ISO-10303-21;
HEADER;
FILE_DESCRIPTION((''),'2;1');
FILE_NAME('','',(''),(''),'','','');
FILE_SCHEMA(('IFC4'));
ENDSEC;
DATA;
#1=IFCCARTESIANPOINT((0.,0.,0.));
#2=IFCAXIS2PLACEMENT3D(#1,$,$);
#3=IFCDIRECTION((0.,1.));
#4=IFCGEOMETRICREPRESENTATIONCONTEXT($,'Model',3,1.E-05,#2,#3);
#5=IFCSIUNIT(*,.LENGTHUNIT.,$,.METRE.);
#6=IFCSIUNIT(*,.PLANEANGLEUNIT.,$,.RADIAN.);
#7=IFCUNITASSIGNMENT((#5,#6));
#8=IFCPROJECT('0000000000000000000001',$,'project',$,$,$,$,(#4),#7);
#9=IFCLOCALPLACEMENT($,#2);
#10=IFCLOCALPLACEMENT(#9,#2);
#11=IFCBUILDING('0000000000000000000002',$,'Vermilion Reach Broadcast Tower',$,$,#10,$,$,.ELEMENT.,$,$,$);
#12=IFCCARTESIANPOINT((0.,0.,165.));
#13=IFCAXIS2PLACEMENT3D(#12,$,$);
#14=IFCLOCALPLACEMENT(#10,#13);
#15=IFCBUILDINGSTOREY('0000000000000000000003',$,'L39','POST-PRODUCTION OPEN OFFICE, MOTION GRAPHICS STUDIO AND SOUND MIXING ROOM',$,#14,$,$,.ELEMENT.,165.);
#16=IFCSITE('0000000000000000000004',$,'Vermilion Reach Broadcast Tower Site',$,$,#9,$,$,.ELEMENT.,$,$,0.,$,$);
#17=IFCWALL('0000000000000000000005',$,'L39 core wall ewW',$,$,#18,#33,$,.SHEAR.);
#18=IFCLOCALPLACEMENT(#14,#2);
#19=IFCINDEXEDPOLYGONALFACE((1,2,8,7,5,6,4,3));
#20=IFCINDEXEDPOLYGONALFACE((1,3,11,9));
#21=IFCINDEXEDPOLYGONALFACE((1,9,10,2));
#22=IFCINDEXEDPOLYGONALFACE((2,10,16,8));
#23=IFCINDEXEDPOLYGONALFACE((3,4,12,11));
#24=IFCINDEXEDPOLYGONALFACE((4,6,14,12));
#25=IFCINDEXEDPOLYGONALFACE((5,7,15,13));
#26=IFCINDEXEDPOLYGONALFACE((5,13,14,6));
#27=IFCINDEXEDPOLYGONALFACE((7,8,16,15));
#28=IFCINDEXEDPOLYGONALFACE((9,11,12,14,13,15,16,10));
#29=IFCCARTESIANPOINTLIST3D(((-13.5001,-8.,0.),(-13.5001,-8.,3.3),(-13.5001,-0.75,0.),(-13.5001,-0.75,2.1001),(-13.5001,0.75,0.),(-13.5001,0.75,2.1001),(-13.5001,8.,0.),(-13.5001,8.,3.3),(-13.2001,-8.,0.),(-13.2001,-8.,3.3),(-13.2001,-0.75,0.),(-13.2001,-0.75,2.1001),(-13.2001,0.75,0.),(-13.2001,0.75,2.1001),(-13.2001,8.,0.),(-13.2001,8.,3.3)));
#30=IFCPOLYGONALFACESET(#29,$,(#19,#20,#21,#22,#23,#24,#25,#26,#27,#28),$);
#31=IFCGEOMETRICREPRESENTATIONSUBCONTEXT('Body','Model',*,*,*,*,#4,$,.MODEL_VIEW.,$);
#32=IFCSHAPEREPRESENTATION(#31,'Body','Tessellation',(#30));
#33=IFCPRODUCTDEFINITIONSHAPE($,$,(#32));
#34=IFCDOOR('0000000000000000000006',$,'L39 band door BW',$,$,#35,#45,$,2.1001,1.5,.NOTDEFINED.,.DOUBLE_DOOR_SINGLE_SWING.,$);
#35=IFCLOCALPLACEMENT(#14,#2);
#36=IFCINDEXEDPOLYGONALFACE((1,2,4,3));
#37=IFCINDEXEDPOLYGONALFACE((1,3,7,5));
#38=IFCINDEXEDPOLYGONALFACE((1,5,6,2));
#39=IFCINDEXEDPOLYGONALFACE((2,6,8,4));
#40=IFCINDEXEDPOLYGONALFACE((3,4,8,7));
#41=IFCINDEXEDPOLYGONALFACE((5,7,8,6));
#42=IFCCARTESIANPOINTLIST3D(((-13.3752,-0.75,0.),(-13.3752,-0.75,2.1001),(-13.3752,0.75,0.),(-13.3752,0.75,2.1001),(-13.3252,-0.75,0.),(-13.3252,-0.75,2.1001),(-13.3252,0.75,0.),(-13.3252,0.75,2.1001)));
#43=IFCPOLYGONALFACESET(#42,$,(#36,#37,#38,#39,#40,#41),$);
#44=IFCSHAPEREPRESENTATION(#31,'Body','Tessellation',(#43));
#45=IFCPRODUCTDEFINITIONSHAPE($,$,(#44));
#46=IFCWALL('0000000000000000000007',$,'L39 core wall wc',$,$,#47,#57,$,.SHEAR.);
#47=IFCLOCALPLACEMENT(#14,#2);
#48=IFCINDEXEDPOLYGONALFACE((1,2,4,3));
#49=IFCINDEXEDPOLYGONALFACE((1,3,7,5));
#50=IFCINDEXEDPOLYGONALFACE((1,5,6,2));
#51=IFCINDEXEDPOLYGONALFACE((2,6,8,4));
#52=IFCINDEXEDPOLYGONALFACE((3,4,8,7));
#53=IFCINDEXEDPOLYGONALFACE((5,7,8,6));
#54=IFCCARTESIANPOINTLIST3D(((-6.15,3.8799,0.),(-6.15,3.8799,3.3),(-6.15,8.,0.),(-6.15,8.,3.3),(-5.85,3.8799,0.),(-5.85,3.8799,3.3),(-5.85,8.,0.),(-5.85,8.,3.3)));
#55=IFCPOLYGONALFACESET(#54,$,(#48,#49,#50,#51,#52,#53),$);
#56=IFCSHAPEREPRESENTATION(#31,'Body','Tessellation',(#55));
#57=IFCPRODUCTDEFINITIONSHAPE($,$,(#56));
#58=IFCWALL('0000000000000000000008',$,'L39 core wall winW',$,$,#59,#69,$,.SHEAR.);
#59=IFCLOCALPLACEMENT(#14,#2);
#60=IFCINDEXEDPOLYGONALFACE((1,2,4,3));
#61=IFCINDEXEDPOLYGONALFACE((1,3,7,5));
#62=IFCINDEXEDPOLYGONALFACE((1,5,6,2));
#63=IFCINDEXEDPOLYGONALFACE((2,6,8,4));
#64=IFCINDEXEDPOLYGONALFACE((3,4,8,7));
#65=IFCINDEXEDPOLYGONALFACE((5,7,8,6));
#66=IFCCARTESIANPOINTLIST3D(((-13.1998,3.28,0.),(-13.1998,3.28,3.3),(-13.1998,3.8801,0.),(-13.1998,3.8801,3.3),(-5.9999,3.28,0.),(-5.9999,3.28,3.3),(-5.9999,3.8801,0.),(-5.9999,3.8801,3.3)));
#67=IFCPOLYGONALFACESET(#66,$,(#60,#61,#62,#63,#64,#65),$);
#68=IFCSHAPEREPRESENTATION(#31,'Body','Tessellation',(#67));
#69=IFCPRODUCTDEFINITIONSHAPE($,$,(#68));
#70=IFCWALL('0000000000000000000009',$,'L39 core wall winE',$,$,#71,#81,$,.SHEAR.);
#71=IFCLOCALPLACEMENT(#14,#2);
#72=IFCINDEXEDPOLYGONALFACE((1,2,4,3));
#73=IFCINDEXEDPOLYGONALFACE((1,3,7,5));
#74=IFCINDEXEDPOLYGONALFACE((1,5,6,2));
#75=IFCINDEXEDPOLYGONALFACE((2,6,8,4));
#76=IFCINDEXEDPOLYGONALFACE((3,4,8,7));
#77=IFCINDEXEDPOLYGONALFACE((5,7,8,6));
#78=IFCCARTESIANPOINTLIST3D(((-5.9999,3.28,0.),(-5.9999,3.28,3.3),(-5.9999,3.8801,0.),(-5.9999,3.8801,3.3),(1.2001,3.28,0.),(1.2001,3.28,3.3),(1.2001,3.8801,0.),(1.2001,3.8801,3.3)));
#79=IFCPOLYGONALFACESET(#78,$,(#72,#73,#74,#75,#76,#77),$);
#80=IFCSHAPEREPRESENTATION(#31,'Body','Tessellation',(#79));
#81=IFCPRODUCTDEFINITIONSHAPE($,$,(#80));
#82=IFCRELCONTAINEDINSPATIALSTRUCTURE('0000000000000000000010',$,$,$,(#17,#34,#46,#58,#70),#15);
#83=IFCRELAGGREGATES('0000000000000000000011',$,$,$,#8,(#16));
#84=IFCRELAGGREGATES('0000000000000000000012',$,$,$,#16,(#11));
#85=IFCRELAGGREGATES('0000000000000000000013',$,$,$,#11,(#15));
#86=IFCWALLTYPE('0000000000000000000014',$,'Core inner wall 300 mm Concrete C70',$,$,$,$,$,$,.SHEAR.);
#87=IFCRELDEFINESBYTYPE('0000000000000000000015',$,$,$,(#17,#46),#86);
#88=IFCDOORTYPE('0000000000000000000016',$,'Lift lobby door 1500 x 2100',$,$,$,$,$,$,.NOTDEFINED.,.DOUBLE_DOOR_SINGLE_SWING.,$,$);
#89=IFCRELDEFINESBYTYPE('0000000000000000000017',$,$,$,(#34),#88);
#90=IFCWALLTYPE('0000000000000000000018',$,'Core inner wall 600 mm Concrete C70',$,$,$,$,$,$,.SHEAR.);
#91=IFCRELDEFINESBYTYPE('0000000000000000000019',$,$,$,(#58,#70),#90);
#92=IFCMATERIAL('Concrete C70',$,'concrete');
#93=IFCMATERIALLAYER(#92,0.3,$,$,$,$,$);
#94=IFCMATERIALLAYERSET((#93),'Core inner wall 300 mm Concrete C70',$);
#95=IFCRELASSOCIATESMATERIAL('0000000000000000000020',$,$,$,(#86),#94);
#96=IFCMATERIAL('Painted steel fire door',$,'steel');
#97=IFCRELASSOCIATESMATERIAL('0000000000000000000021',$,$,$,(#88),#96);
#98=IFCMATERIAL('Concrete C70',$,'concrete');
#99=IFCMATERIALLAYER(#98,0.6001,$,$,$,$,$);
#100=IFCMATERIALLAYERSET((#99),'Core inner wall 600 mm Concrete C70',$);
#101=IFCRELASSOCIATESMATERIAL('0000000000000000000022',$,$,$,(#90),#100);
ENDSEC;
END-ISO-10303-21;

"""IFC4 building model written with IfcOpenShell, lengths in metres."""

from ifc_helpers import new_model, si_unit, direction, frame, frame_2d, origin, place, context, subcontext, project, spatial, rectangle, extrude, material, layer, layer_set, type_object, element, fill, save


model = new_model("IFC4")

# Units and contexts
model_context = context("Model", 3, precision=1e-05, world=origin(), true_north=direction((0.0, 1.0)))
body_context = subcontext(model_context, "Body", "Model", "MODEL_VIEW")
ifc_project = project(units=[si_unit("LENGTHUNIT", "METRE"), si_unit("PLANEANGLEUNIT", "RADIAN")], contexts=[model_context])

# Site, building, storey
site_placement = place(None, origin())
site = spatial("IfcSite", under=ifc_project, at=site_placement, Name="Vermilion Reach Broadcast Tower Site", CompositionType="ELEMENT", RefElevation=0.0)
building_placement = place(site_placement, origin())
building = spatial("IfcBuilding", under=site, at=building_placement, Name="Vermilion Reach Broadcast Tower", CompositionType="ELEMENT")
storey_placement = place(building_placement, frame((0.0, 0.0, 165.0)))
storey = spatial("IfcBuildingStorey", under=building, at=storey_placement, Name="L39", Description="POST-PRODUCTION OPEN OFFICE, MOTION GRAPHICS STUDIO AND SOUND MIXING ROOM", CompositionType="ELEMENT", Elevation=165.0)

# Wall, opening, door
ifc_material_1 = material(Name="Concrete C70", Category="concrete")
ifc_layer_1 = layer(ifc_material_1, 0.3)
ifc_layer_set_1 = layer_set([ifc_layer_1], Name="Core inner wall 300 mm Concrete C70")
wall_type_1 = type_object("IfcWallType", Name="Core inner wall 300 mm Concrete C70", PredefinedType="SHEAR", material=ifc_layer_set_1)
wall_1_placement = place(storey_placement, frame((-13.3501, 8.0, 0.0), z_axis=(0.0, 0.0, 1.0), x_axis=(0.0, -1.0, 0.0)))
wall_1 = element("IfcWall", 1, at=wall_1_placement, inside=storey, type_object=wall_type_1, Name="L39 core wall ewW", PredefinedType="SHEAR", context=body_context, shape_type="SweptSolid", body=[
    extrude(rectangle(XDim=16.0, YDim=0.3, at=frame_2d((8.0, 0.0))), origin(), (0.0, 0.0, 1.0), 3.3),
])
opening_1_placement = place(wall_1_placement, frame((7.25, 0.0, 0.0)))
opening_1 = element("IfcOpeningElement", 2, at=opening_1_placement, cuts=wall_1, PredefinedType="OPENING", context=body_context, shape_type="SweptSolid", body=[
    extrude(rectangle(XDim=1.5, YDim=2.1001, at=frame_2d((0.75, 1.05))), frame((0.0, 0.1599, 0.0), z_axis=(0.0, -1.0, 0.0), x_axis=(1.0, 0.0, 0.0)), (0.0, 0.0, 1.0), 0.3201),
])
ifc_material_2 = material(Name="Painted steel fire door", Category="steel")
door_type_1 = type_object("IfcDoorType", Name="Lift lobby door 1500 x 2100", OperationType="DOUBLE_DOOR_SINGLE_SWING", PredefinedType="NOTDEFINED", material=ifc_material_2)
door_1_placement = place(opening_1_placement, origin())
door_1 = element("IfcDoor", 3, at=door_1_placement, inside=storey, type_object=door_type_1, Name="L39 band door BW", OperationType="DOUBLE_DOOR_SINGLE_SWING", OverallHeight=2.1001, OverallWidth=1.5, PredefinedType="NOTDEFINED", context=body_context, shape_type="SweptSolid", body=[
    extrude(rectangle(XDim=1.5, YDim=2.1001, at=frame_2d((0.75, 1.05))), frame((0.0, 0.0249, 0.0), z_axis=(0.0, -1.0, 0.0), x_axis=(1.0, 0.0, 0.0)), (0.0, 0.0, 1.0), 0.05),
])
fill(opening_1, door_1)

# Walls
wall_2_placement = place(storey_placement, frame((-6.0, 3.8799, 0.0), z_axis=(0.0, 0.0, 1.0), x_axis=(0.0, 1.0, 0.0)))
element("IfcWall", 4, at=wall_2_placement, inside=storey, type_object=wall_type_1, Name="L39 core wall wc", PredefinedType="SHEAR", context=body_context, shape_type="SweptSolid", body=[
    extrude(rectangle(XDim=4.1201, YDim=0.3, at=frame_2d((2.0601, 0.0))), origin(), (0.0, 0.0, 1.0), 3.3),
])
ifc_material_3 = material(Name="Concrete C70", Category="concrete")
ifc_layer_2 = layer(ifc_material_3, 0.6001)
ifc_layer_set_2 = layer_set([ifc_layer_2], Name="Core inner wall 600 mm Concrete C70")
wall_type_2 = type_object("IfcWallType", Name="Core inner wall 600 mm Concrete C70", PredefinedType="SHEAR", material=ifc_layer_set_2)
for number, where, z_axis, x_axis, name in (
    (5, (-13.2, 3.5801, 0.0), (0.0, 0.0, 1.0), (1.0, 0.0, 0.0), "L39 core wall winW"),
    (6, (-6.0, 3.5801, 0.0), (0.0, 0.0, 1.0), (1.0, 0.0, 0.0), "L39 core wall winE"),
):
    element("IfcWall", number, at=place(storey_placement, frame(where, z_axis=z_axis, x_axis=x_axis)), inside=storey, type_object=wall_type_2, Name=name, PredefinedType="SHEAR", context=body_context, shape_type="SweptSolid", body=[
        extrude(rectangle(XDim=7.2, YDim=0.6001, at=frame_2d((3.6001, 0.0))), origin(), (0.0, 0.0, 1.0), 3.3),
    ])

save(model, "model.ifc")
